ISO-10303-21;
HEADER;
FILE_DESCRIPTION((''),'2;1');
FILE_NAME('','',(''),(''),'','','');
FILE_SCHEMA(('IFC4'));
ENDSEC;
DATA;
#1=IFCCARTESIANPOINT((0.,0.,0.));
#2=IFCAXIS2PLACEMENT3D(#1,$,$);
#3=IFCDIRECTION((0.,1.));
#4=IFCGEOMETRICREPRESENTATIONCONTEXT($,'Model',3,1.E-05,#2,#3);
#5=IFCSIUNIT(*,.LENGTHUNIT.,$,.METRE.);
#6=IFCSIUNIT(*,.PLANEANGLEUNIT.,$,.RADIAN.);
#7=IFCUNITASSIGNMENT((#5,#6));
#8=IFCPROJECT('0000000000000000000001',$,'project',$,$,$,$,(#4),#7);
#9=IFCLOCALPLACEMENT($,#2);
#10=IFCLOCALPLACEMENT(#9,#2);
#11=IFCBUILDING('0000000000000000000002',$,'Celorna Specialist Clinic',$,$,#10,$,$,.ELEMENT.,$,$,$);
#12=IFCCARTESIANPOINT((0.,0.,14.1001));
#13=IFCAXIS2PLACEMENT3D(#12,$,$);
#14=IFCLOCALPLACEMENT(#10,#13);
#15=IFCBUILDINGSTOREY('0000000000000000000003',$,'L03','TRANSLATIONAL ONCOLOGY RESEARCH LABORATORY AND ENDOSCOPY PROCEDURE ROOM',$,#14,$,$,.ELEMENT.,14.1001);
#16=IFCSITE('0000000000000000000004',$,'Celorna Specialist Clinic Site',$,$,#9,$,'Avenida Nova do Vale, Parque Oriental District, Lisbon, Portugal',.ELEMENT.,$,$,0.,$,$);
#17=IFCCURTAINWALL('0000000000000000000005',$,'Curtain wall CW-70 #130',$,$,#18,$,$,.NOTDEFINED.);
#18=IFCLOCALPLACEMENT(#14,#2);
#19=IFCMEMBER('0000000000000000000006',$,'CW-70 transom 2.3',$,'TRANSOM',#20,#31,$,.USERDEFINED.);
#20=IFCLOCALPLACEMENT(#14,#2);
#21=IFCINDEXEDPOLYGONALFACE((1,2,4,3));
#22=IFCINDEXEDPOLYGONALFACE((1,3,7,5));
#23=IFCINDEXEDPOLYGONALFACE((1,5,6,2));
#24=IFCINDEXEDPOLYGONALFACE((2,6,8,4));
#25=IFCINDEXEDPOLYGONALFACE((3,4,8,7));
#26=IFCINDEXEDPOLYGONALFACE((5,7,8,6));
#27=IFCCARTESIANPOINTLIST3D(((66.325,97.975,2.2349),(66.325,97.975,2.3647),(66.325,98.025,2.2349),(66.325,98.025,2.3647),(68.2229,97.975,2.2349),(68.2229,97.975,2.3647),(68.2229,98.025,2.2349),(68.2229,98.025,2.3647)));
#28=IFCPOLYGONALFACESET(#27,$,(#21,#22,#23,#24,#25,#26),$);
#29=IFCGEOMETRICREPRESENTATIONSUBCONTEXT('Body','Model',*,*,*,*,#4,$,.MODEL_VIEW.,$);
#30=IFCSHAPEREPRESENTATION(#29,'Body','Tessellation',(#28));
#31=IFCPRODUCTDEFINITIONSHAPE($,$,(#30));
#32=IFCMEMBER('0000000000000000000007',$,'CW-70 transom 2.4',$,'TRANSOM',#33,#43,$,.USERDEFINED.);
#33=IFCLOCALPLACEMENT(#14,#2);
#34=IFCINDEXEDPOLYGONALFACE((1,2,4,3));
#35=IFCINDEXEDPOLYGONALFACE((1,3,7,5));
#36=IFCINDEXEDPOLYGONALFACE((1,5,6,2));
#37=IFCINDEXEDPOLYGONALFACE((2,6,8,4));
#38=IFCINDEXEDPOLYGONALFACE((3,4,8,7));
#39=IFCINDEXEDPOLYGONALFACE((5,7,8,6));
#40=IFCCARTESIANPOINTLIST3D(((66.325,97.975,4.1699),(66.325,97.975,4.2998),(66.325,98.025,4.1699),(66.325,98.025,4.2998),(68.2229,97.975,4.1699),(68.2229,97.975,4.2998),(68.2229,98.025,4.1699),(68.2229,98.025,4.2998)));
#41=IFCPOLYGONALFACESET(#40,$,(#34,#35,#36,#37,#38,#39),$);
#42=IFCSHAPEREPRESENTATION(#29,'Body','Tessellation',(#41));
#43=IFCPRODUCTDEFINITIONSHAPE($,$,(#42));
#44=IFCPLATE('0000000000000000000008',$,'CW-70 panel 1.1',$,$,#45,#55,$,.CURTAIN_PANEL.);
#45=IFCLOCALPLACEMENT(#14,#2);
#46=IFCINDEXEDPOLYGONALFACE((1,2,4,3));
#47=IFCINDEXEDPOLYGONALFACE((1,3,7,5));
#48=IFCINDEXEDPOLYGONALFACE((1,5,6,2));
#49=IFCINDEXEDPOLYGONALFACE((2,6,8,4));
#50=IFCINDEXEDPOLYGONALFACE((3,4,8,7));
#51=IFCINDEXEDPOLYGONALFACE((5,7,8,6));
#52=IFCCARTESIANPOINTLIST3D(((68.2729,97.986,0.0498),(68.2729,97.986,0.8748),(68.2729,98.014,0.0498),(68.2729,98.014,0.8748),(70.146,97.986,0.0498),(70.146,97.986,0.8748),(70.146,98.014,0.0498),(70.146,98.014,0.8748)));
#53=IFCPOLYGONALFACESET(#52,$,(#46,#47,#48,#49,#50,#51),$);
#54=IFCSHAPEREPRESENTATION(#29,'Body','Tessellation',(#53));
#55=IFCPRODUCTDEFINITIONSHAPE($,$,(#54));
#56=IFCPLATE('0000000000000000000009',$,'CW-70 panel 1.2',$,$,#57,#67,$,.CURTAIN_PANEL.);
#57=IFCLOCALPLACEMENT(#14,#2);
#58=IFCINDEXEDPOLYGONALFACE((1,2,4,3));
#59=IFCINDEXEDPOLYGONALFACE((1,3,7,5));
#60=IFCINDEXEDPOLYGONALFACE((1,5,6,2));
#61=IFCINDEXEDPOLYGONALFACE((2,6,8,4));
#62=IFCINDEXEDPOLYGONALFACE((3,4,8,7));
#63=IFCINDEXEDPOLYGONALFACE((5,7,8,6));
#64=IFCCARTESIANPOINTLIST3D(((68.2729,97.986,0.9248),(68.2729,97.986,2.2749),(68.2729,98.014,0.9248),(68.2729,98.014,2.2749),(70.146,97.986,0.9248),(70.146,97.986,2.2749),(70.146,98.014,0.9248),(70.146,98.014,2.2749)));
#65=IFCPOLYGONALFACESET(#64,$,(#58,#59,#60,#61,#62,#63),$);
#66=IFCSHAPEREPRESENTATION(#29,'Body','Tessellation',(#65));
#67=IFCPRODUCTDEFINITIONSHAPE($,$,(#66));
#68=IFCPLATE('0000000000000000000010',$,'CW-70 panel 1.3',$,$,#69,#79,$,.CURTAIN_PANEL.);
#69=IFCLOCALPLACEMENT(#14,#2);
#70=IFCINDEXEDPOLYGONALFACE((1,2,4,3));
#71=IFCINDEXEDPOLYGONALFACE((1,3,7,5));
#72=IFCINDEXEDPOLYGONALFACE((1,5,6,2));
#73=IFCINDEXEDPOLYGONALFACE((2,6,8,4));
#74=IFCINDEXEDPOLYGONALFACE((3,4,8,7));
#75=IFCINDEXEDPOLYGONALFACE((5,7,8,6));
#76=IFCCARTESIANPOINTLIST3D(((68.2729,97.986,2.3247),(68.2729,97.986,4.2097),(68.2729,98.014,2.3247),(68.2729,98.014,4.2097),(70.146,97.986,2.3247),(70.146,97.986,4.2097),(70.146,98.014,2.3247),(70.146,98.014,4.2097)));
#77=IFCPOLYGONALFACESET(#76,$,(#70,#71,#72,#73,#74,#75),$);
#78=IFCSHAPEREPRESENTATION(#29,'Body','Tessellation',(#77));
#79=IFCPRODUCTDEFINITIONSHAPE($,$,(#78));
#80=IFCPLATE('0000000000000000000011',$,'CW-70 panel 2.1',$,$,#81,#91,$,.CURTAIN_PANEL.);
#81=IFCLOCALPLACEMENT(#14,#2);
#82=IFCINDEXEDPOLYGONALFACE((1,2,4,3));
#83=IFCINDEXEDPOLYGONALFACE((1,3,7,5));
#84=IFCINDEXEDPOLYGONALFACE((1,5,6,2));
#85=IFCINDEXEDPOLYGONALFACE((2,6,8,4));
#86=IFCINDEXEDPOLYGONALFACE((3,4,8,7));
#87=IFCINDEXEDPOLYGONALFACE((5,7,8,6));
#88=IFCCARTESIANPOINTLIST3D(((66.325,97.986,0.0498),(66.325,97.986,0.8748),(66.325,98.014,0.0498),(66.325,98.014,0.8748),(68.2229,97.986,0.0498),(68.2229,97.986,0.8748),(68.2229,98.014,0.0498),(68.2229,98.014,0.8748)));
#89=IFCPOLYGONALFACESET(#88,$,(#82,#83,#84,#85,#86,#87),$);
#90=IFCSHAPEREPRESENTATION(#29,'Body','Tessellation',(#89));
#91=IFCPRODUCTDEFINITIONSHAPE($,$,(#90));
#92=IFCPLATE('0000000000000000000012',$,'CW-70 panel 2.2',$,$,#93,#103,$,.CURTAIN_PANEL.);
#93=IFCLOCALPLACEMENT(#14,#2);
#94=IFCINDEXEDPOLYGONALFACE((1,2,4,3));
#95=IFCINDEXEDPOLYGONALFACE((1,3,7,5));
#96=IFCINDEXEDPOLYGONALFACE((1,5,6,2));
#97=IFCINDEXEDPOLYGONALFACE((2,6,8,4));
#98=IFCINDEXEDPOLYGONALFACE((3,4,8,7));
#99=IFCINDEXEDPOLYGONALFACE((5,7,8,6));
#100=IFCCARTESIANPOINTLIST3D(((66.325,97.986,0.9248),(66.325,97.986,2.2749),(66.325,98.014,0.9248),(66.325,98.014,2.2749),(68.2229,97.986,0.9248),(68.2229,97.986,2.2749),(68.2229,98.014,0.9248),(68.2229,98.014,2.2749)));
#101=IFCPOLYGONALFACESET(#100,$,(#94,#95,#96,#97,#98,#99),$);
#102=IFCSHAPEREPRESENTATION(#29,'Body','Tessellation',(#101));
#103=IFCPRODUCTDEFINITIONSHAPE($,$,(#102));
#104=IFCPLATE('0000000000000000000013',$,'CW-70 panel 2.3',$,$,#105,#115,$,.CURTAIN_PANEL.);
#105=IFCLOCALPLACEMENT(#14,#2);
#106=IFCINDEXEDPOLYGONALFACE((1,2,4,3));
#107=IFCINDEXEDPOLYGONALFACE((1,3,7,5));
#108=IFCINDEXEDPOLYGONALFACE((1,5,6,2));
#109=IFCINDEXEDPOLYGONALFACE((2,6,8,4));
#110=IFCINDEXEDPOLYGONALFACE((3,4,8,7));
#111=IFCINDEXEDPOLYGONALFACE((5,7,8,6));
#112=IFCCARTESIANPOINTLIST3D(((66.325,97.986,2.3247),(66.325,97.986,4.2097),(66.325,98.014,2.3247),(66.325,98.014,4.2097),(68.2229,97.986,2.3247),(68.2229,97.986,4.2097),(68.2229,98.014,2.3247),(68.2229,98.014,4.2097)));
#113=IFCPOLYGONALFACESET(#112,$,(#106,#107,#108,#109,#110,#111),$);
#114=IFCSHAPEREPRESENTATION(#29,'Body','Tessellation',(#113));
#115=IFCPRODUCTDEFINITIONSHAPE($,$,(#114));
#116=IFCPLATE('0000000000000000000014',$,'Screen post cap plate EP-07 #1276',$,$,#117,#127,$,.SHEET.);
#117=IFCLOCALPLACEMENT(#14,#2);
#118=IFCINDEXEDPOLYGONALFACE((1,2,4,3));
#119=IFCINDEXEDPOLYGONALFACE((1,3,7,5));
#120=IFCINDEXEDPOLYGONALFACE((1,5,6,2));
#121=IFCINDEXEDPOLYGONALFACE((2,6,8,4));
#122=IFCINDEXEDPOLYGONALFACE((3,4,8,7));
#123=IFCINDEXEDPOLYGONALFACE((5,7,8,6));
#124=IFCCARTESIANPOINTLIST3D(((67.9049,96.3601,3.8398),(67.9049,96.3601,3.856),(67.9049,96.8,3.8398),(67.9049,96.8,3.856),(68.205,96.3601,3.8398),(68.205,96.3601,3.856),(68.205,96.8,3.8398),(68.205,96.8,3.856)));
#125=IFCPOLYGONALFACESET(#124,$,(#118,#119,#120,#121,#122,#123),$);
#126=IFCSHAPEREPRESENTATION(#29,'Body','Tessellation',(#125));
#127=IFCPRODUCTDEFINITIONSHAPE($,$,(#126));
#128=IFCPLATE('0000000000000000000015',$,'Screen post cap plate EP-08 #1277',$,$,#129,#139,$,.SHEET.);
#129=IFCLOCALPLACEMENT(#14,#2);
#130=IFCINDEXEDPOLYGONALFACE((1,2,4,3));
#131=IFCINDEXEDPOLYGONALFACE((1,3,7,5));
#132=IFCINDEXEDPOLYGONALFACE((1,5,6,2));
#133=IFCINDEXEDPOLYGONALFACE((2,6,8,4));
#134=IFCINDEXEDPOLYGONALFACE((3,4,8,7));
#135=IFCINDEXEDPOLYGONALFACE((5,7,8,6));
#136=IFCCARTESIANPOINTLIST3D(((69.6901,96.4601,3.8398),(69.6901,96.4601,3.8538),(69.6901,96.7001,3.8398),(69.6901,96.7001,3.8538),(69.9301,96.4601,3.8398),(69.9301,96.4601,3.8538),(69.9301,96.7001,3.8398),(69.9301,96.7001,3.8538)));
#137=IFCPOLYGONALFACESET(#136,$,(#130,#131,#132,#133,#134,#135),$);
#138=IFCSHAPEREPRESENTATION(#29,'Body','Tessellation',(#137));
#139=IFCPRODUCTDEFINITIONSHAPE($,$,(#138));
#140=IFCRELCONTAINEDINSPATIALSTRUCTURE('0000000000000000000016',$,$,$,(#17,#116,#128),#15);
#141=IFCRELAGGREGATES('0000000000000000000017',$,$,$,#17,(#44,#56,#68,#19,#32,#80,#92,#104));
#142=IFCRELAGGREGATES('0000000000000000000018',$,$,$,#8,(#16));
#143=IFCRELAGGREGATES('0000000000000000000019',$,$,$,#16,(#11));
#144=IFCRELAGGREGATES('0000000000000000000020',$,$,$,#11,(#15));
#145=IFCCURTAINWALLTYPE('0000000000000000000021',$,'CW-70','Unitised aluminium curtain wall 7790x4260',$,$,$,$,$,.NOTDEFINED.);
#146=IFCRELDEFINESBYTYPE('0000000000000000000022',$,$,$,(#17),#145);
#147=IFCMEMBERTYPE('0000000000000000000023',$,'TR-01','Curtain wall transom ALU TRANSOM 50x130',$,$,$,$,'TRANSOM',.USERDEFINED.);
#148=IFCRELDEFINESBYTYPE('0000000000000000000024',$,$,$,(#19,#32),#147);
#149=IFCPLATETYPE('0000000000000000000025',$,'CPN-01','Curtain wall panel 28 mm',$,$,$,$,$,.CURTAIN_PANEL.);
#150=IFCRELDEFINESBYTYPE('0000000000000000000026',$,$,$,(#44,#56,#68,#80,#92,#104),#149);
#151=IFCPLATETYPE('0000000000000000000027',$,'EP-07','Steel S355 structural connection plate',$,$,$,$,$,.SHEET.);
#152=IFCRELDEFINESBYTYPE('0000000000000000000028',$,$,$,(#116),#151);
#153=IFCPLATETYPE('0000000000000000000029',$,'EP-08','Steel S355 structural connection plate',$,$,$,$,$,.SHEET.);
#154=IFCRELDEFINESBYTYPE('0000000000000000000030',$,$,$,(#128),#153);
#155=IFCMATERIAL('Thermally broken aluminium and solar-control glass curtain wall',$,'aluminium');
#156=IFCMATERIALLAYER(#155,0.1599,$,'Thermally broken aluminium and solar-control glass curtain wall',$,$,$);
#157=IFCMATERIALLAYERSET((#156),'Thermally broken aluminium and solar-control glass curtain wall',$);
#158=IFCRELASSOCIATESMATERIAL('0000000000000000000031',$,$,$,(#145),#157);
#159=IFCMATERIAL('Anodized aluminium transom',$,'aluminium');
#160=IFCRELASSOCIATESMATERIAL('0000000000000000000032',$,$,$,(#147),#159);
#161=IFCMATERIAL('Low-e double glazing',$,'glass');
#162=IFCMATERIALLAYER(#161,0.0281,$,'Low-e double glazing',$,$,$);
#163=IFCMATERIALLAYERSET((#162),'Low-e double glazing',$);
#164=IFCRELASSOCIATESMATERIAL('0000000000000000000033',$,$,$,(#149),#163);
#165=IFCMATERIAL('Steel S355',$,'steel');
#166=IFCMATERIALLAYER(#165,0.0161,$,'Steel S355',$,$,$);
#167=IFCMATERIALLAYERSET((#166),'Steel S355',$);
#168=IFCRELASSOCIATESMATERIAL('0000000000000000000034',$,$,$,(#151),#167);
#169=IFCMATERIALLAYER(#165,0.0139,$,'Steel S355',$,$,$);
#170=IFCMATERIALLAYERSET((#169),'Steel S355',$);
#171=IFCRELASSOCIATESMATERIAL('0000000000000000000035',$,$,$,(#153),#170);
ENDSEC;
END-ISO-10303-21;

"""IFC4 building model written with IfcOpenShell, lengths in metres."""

from ifc_helpers import new_model, si_unit, direction, frame, origin, origin_2d, place, context, subcontext, project, spatial, rectangle, extrude, material, layer, layer_set, material_profile, profile_set, type_object, element, aggregate, save


model = new_model("IFC4")

# Units and contexts
model_context = context("Model", 3, precision=1e-05, world=origin(), true_north=direction((0.0, 1.0)))
body_context = subcontext(model_context, "Body", "Model", "MODEL_VIEW")
ifc_project = project(units=[si_unit("LENGTHUNIT", "METRE"), si_unit("PLANEANGLEUNIT", "RADIAN")], contexts=[model_context])

# Site, building, storey
site_placement = place(None, origin())
site = spatial("IfcSite", under=ifc_project, at=site_placement, Name="Celorna Specialist Clinic Site", LongName="Avenida Nova do Vale, Parque Oriental District, Lisbon, Portugal", CompositionType="ELEMENT", RefElevation=0.0)
building_placement = place(site_placement, origin())
building = spatial("IfcBuilding", under=site, at=building_placement, Name="Celorna Specialist Clinic", CompositionType="ELEMENT")
storey_placement = place(building_placement, frame((0.0, 0.0, 14.1001)))
storey = spatial("IfcBuildingStorey", under=building, at=storey_placement, Name="L03", Description="TRANSLATIONAL ONCOLOGY RESEARCH LABORATORY AND ENDOSCOPY PROCEDURE ROOM", CompositionType="ELEMENT", Elevation=14.1001)

# Shared definitions
ifc_material_1 = material(Name="Steel S355", Category="steel")

# Curtain wall, members, plates
ifc_material_2 = material(Name="Thermally broken aluminium and solar-control glass curtain wall", Category="aluminium")
ifc_layer_1 = layer(ifc_material_2, 0.1599, Name="Thermally broken aluminium and solar-control glass curtain wall")
ifc_layer_set_1 = layer_set([ifc_layer_1], Name="Thermally broken aluminium and solar-control glass curtain wall")
curtain_wall_type = type_object("IfcCurtainWallType", Name="CW-70", Description="Unitised aluminium curtain wall 7790x4260", PredefinedType="NOTDEFINED", material=ifc_layer_set_1)
curtain_wall_placement = place(storey_placement, origin())
curtain_wall = element("IfcCurtainWall", 1, at=curtain_wall_placement, inside=storey, type_object=curtain_wall_type, Name="Curtain wall CW-70 #130", PredefinedType="NOTDEFINED")
ifc_material_3 = material(Name="Anodized aluminium transom", Category="aluminium")
ifc_material_profile_1 = material_profile(ifc_material_3, rectangle(XDim=0.05, YDim=0.1299, at=origin_2d()), Name="ALU TRANSOM 50x130")
ifc_profile_set_1 = profile_set([ifc_material_profile_1], Name="Anodized aluminium transom")
member_type_1 = type_object("IfcMemberType", Name="TR-01", Description="Curtain wall transom ALU TRANSOM 50x130", ElementType="TRANSOM", PredefinedType="USERDEFINED", material=ifc_profile_set_1)
member_1_placement = place(storey_placement, frame((68.2229, 98.0, 2.2998), z_axis=(-1.0, 0.0, 0.0), x_axis=(0.0, -1.0, 0.0)))
member_1 = element("IfcMember", 2, at=member_1_placement, type_object=member_type_1, Name="CW-70 transom 2.3", ObjectType="TRANSOM", PredefinedType="USERDEFINED", context=body_context, shape_type="SweptSolid", body=[
    extrude(rectangle(XDim=0.05, YDim=0.1299, at=origin_2d()), origin(), (0.0, 0.0, 1.0), 1.8979),
])
member_2_placement = place(storey_placement, frame((68.2229, 98.0, 4.2349), z_axis=(-1.0, 0.0, 0.0), x_axis=(0.0, -1.0, 0.0)))
member_2 = element("IfcMember", 3, at=member_2_placement, type_object=member_type_1, Name="CW-70 transom 2.4", ObjectType="TRANSOM", PredefinedType="USERDEFINED", context=body_context, shape_type="SweptSolid", body=[
    extrude(rectangle(XDim=0.05, YDim=0.1299, at=origin_2d()), origin(), (0.0, 0.0, 1.0), 1.8979),
])
ifc_material_4 = material(Name="Low-e double glazing", Category="glass")
ifc_layer_2 = layer(ifc_material_4, 0.0281, Name="Low-e double glazing")
ifc_layer_set_2 = layer_set([ifc_layer_2], Name="Low-e double glazing")
plate_type_1 = type_object("IfcPlateType", Name="CPN-01", Description="Curtain wall panel 28 mm", PredefinedType="CURTAIN_PANEL", material=ifc_layer_set_2)
plate_1_placement = place(storey_placement, frame((69.2095, 98.0, 0.0498), z_axis=(0.0, 0.0, 1.0), x_axis=(-1.0, 0.0, 0.0)))
plate_1 = element("IfcPlate", 4, at=plate_1_placement, type_object=plate_type_1, Name="CW-70 panel 1.1", PredefinedType="CURTAIN_PANEL", context=body_context, shape_type="SweptSolid", body=[
    extrude(rectangle(XDim=1.873, YDim=0.0281, at=origin_2d()), origin(), (0.0, 0.0, 1.0), 0.825),
])
plate_2_placement = place(storey_placement, frame((69.2095, 98.0, 0.9248), z_axis=(0.0, 0.0, 1.0), x_axis=(-1.0, 0.0, 0.0)))
plate_2 = element("IfcPlate", 5, at=plate_2_placement, type_object=plate_type_1, Name="CW-70 panel 1.2", PredefinedType="CURTAIN_PANEL", context=body_context, shape_type="SweptSolid", body=[
    extrude(rectangle(XDim=1.873, YDim=0.0281, at=origin_2d()), origin(), (0.0, 0.0, 1.0), 1.3501),
])
plate_3_placement = place(storey_placement, frame((69.2095, 98.0, 2.3247), z_axis=(0.0, 0.0, 1.0), x_axis=(-1.0, 0.0, 0.0)))
plate_3 = element("IfcPlate", 6, at=plate_3_placement, type_object=plate_type_1, Name="CW-70 panel 1.3", PredefinedType="CURTAIN_PANEL", context=body_context, shape_type="SweptSolid", body=[
    extrude(rectangle(XDim=1.873, YDim=0.0281, at=origin_2d()), origin(), (0.0, 0.0, 1.0), 1.885),
])
plate_4_placement = place(storey_placement, frame((67.2739, 98.0, 0.0498), z_axis=(0.0, 0.0, 1.0), x_axis=(-1.0, 0.0, 0.0)))
plate_4 = element("IfcPlate", 7, at=plate_4_placement, type_object=plate_type_1, Name="CW-70 panel 2.1", PredefinedType="CURTAIN_PANEL", context=body_context, shape_type="SweptSolid", body=[
    extrude(rectangle(XDim=1.8979, YDim=0.0281, at=origin_2d()), origin(), (0.0, 0.0, 1.0), 0.825),
])
plate_5_placement = place(storey_placement, frame((67.2739, 98.0, 0.9248), z_axis=(0.0, 0.0, 1.0), x_axis=(-1.0, 0.0, 0.0)))
plate_5 = element("IfcPlate", 8, at=plate_5_placement, type_object=plate_type_1, Name="CW-70 panel 2.2", PredefinedType="CURTAIN_PANEL", context=body_context, shape_type="SweptSolid", body=[
    extrude(rectangle(XDim=1.8979, YDim=0.0281, at=origin_2d()), origin(), (0.0, 0.0, 1.0), 1.3501),
])
plate_6_placement = place(storey_placement, frame((67.2739, 98.0, 2.3247), z_axis=(0.0, 0.0, 1.0), x_axis=(-1.0, 0.0, 0.0)))
plate_6 = element("IfcPlate", 9, at=plate_6_placement, type_object=plate_type_1, Name="CW-70 panel 2.3", PredefinedType="CURTAIN_PANEL", context=body_context, shape_type="SweptSolid", body=[
    extrude(rectangle(XDim=1.8979, YDim=0.0281, at=origin_2d()), origin(), (0.0, 0.0, 1.0), 1.885),
])
aggregate(curtain_wall, [plate_1, plate_2, plate_3, member_1, member_2, plate_4, plate_5, plate_6])

# Plates
ifc_layer_3 = layer(ifc_material_1, 0.0161, Name="Steel S355")
ifc_layer_set_3 = layer_set([ifc_layer_3], Name="Steel S355")
plate_type_2 = type_object("IfcPlateType", Name="EP-07", Description="Steel S355 structural connection plate", PredefinedType="SHEET", material=ifc_layer_set_3)
plate_7_placement = place(storey_placement, frame((68.0549, 96.5801, 3.8398), z_axis=(0.0, 0.0, 1.0), x_axis=(1.0, 0.0, 0.0)))
element("IfcPlate", 10, at=plate_7_placement, inside=storey, type_object=plate_type_2, Name="Screen post cap plate EP-07 #1276", PredefinedType="SHEET", context=body_context, shape_type="SweptSolid", body=[
    extrude(rectangle(XDim=0.3, YDim=0.4399, at=origin_2d()), origin(), (0.0, 0.0, 1.0), 0.0161),
])
ifc_layer_4 = layer(ifc_material_1, 0.0139, Name="Steel S355")
ifc_layer_set_4 = layer_set([ifc_layer_4], Name="Steel S355")
plate_type_3 = type_object("IfcPlateType", Name="EP-08", Description="Steel S355 structural connection plate", PredefinedType="SHEET", material=ifc_layer_set_4)
plate_8_placement = place(storey_placement, frame((69.8101, 96.5801, 3.8398), z_axis=(0.0, 0.0, 1.0), x_axis=(1.0, 0.0, 0.0)))
element("IfcPlate", 11, at=plate_8_placement, inside=storey, type_object=plate_type_3, Name="Screen post cap plate EP-08 #1277", PredefinedType="SHEET", context=body_context, shape_type="SweptSolid", body=[
    extrude(rectangle(XDim=0.24, YDim=0.24, at=origin_2d()), origin(), (0.0, 0.0, 1.0), 0.0139),
])

save(model, "model.ifc")
